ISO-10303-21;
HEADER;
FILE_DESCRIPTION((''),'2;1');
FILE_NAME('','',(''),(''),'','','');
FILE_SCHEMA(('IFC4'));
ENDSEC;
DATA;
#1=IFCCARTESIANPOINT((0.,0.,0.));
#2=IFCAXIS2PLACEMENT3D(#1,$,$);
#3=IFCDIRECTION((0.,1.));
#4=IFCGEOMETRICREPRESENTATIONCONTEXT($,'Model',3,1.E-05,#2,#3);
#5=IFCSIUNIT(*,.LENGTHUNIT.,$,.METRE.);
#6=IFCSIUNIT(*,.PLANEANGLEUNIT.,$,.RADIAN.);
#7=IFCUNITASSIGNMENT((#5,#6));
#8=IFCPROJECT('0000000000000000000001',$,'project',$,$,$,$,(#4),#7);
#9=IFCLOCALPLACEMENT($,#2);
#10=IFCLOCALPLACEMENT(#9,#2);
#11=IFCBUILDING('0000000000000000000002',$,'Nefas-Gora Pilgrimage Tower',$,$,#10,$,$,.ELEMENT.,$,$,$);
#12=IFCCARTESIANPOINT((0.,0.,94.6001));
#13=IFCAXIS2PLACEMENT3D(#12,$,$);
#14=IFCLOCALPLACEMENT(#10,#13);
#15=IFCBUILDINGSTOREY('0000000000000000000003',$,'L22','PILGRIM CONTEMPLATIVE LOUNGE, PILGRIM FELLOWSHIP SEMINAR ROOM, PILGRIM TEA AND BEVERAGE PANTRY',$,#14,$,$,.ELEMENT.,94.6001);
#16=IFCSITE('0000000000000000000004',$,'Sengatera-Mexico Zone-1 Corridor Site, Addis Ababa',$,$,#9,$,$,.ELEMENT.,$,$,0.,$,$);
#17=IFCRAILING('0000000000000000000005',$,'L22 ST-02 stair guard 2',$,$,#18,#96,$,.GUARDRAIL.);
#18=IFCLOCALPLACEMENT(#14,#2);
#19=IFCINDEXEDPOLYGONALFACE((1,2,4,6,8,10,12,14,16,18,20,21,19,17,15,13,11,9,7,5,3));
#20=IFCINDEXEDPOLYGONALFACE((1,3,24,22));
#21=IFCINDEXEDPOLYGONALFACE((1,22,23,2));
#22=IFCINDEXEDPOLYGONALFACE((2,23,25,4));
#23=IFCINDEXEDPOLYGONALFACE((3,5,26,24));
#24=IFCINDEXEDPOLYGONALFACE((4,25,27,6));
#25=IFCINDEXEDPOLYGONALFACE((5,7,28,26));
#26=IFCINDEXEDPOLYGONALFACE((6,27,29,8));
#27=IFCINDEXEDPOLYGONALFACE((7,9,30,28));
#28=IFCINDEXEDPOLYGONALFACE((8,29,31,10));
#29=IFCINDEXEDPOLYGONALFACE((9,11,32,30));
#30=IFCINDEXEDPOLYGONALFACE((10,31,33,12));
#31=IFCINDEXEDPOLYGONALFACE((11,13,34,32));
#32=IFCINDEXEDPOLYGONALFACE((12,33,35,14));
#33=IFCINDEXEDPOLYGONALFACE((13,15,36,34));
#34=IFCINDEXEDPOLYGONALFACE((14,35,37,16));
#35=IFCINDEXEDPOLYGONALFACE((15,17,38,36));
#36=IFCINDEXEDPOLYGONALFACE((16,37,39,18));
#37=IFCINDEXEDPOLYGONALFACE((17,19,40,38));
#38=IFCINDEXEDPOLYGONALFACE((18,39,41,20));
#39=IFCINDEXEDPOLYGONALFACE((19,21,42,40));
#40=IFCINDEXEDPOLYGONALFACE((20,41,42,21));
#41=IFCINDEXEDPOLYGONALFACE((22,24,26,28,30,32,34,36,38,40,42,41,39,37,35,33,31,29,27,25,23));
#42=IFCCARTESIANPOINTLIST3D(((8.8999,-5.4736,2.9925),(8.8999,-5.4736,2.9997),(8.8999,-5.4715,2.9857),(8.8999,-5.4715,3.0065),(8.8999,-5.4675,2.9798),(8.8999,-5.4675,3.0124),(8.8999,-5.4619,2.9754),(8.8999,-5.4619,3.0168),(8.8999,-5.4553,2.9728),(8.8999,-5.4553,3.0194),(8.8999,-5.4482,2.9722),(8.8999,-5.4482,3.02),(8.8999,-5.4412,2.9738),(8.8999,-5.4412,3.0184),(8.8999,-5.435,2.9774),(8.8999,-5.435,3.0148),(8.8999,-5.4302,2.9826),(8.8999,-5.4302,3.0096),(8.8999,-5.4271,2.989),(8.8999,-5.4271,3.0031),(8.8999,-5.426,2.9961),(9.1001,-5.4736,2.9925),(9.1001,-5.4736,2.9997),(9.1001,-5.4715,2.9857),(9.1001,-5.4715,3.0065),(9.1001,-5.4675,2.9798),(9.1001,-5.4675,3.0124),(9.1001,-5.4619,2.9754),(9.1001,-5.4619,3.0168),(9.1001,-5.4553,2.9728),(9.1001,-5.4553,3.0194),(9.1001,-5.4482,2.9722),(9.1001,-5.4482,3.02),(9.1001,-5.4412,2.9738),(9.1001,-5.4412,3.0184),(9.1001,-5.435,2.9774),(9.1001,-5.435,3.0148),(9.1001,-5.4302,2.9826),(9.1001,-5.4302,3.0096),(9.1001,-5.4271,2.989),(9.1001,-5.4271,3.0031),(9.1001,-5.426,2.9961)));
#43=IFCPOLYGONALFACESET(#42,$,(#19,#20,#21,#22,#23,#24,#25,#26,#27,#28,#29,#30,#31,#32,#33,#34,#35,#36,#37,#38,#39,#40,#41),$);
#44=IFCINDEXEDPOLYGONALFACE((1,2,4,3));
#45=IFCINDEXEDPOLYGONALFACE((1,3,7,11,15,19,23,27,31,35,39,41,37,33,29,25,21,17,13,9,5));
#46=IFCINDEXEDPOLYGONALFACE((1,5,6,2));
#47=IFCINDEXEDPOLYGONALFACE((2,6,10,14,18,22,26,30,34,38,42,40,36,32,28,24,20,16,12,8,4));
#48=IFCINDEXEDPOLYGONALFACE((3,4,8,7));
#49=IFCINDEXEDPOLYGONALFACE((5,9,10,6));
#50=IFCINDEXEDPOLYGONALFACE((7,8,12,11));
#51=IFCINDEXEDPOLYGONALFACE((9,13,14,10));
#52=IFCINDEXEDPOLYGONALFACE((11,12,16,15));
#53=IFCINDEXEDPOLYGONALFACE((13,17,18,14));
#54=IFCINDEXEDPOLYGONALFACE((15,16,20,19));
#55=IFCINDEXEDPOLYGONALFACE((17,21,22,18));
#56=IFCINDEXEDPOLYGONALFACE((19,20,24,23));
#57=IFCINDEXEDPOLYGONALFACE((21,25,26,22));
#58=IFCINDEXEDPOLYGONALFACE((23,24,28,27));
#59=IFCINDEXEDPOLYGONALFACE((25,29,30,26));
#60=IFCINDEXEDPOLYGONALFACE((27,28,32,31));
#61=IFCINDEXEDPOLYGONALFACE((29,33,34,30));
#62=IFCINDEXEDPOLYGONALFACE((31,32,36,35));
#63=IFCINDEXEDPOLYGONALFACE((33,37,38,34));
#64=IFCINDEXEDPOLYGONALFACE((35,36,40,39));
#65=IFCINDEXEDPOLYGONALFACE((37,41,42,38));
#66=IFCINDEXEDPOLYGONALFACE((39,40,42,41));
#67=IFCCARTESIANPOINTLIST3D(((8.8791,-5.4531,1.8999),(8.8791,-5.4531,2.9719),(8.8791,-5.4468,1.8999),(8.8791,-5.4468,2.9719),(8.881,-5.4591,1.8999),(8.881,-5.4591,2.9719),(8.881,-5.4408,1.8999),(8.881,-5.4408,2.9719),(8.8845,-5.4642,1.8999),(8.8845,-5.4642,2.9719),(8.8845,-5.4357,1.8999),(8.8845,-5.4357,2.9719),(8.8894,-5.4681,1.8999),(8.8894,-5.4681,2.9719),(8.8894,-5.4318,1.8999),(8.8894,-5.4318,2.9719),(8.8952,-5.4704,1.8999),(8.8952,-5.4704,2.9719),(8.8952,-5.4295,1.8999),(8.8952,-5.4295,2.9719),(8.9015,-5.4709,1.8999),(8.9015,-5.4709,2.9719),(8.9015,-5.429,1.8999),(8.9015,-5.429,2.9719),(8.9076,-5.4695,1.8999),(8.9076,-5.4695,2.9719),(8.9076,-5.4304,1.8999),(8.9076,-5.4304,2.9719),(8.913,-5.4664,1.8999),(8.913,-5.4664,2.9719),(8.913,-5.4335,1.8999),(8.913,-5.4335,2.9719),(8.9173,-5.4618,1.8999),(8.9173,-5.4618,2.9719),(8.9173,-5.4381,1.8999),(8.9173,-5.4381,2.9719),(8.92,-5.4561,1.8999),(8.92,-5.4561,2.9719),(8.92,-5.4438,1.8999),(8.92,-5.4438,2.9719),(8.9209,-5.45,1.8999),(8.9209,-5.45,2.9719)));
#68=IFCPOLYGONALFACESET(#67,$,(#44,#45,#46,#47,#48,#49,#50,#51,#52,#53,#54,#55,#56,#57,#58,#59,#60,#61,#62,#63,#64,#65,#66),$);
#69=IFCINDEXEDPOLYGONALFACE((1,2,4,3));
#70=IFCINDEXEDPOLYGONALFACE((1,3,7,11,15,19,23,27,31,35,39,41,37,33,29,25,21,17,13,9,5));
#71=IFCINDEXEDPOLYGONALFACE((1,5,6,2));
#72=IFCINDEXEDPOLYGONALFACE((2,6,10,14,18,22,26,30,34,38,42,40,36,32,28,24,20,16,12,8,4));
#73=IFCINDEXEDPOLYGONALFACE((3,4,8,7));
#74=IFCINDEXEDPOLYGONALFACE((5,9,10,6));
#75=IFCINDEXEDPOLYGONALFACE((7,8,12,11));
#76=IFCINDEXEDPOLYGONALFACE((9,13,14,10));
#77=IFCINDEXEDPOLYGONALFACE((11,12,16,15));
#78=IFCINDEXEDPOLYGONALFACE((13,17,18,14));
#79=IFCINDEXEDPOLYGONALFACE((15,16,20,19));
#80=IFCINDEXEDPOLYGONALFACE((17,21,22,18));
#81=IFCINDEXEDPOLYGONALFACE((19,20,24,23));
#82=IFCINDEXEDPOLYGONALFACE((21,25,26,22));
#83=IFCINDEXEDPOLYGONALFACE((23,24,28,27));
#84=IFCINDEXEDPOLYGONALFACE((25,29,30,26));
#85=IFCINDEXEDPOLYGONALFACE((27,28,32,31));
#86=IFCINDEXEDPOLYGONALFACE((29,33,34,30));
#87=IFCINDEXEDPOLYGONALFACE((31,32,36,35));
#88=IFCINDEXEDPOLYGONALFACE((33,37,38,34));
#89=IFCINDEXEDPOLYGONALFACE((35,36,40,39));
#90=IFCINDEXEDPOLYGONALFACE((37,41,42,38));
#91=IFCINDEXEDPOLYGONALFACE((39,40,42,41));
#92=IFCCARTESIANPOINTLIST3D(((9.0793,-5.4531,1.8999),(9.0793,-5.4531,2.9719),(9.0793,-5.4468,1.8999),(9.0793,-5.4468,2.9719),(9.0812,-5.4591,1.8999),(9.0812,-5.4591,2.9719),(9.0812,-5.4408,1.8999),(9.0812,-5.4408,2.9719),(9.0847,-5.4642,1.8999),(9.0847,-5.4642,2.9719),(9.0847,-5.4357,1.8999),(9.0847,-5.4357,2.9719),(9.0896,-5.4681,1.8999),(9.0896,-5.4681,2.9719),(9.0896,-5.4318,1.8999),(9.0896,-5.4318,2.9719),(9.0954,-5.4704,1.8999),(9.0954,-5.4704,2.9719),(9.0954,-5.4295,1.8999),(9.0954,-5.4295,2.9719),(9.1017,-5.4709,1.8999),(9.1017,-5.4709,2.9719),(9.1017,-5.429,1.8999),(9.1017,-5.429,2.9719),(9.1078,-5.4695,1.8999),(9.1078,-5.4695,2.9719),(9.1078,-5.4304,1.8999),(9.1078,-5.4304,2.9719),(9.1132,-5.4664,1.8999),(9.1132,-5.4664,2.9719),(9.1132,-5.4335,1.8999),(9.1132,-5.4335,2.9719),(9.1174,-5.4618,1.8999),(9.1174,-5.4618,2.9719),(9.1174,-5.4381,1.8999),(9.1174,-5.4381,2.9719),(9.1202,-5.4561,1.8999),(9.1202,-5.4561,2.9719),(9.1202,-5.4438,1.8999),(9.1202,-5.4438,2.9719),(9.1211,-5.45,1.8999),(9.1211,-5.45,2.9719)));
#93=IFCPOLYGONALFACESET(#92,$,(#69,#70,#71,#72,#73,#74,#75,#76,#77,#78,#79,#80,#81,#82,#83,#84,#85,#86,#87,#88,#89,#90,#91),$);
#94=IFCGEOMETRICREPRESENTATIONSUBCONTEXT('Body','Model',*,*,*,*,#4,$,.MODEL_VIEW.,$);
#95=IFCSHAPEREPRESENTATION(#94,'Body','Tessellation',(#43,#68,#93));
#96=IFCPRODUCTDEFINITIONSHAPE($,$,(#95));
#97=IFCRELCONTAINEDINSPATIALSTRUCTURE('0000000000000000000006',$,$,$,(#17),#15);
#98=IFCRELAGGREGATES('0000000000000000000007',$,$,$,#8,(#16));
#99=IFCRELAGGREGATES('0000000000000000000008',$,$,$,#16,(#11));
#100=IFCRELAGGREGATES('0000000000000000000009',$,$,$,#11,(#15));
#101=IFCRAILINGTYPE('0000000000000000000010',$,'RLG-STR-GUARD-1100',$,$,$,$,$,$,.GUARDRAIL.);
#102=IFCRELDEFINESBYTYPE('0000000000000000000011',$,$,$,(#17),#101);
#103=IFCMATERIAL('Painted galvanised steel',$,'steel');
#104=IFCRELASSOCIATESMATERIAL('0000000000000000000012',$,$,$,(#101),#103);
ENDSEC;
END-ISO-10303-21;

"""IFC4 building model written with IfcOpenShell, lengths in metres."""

from ifc_helpers import new_model, si_unit, direction, frame, origin, origin_2d, place, context, subcontext, project, spatial, circle, extrude, material, type_object, element, save


model = new_model("IFC4")

# Units and contexts
model_context = context("Model", 3, precision=1e-05, world=origin(), true_north=direction((0.0, 1.0)))
body_context = subcontext(model_context, "Body", "Model", "MODEL_VIEW")
ifc_project = project(units=[si_unit("LENGTHUNIT", "METRE"), si_unit("PLANEANGLEUNIT", "RADIAN")], contexts=[model_context])

# Site, building, storey
site_placement = place(None, origin())
site = spatial("IfcSite", under=ifc_project, at=site_placement, Name="Sengatera-Mexico Zone-1 Corridor Site, Addis Ababa", CompositionType="ELEMENT", RefElevation=0.0)
building_placement = place(site_placement, origin())
building = spatial("IfcBuilding", under=site, at=building_placement, Name="Nefas-Gora Pilgrimage Tower", CompositionType="ELEMENT")
storey_placement = place(building_placement, frame((0.0, 0.0, 94.6001)))
storey = spatial("IfcBuildingStorey", under=building, at=storey_placement, Name="L22", Description="PILGRIM CONTEMPLATIVE LOUNGE, PILGRIM FELLOWSHIP SEMINAR ROOM, PILGRIM TEA AND BEVERAGE PANTRY", CompositionType="ELEMENT", Elevation=94.6001)

# Railing
ifc_material_1 = material(Name="Painted galvanised steel", Category="steel")
railing_type_1 = type_object("IfcRailingType", Name="RLG-STR-GUARD-1100", PredefinedType="GUARDRAIL", material=ifc_material_1)
railing_1_placement = place(storey_placement, frame((8.8999, -5.45, 1.8999)))
element("IfcRailing", 1, at=railing_1_placement, inside=storey, type_object=railing_type_1, Name="L22 ST-02 stair guard 2", PredefinedType="GUARDRAIL", context=body_context, shape_type="SweptSolid", body=[
    extrude(circle(Radius=0.0239, at=origin_2d()), frame((0.0, 0.0, 1.0962), z_axis=(1.0, 0.0, 0.0), x_axis=(0.0, 1.0, 0.0)), (0.0, 0.0, 1.0), 0.2002),
    extrude(circle(Radius=0.021, at=origin_2d()), origin(), (0.0, 0.0, 1.0), 1.072),
    extrude(circle(Radius=0.021, at=origin_2d()), frame((0.2002, 0.0, 0.0)), (0.0, 0.0, 1.0), 1.072),
])

save(model, "model.ifc")
